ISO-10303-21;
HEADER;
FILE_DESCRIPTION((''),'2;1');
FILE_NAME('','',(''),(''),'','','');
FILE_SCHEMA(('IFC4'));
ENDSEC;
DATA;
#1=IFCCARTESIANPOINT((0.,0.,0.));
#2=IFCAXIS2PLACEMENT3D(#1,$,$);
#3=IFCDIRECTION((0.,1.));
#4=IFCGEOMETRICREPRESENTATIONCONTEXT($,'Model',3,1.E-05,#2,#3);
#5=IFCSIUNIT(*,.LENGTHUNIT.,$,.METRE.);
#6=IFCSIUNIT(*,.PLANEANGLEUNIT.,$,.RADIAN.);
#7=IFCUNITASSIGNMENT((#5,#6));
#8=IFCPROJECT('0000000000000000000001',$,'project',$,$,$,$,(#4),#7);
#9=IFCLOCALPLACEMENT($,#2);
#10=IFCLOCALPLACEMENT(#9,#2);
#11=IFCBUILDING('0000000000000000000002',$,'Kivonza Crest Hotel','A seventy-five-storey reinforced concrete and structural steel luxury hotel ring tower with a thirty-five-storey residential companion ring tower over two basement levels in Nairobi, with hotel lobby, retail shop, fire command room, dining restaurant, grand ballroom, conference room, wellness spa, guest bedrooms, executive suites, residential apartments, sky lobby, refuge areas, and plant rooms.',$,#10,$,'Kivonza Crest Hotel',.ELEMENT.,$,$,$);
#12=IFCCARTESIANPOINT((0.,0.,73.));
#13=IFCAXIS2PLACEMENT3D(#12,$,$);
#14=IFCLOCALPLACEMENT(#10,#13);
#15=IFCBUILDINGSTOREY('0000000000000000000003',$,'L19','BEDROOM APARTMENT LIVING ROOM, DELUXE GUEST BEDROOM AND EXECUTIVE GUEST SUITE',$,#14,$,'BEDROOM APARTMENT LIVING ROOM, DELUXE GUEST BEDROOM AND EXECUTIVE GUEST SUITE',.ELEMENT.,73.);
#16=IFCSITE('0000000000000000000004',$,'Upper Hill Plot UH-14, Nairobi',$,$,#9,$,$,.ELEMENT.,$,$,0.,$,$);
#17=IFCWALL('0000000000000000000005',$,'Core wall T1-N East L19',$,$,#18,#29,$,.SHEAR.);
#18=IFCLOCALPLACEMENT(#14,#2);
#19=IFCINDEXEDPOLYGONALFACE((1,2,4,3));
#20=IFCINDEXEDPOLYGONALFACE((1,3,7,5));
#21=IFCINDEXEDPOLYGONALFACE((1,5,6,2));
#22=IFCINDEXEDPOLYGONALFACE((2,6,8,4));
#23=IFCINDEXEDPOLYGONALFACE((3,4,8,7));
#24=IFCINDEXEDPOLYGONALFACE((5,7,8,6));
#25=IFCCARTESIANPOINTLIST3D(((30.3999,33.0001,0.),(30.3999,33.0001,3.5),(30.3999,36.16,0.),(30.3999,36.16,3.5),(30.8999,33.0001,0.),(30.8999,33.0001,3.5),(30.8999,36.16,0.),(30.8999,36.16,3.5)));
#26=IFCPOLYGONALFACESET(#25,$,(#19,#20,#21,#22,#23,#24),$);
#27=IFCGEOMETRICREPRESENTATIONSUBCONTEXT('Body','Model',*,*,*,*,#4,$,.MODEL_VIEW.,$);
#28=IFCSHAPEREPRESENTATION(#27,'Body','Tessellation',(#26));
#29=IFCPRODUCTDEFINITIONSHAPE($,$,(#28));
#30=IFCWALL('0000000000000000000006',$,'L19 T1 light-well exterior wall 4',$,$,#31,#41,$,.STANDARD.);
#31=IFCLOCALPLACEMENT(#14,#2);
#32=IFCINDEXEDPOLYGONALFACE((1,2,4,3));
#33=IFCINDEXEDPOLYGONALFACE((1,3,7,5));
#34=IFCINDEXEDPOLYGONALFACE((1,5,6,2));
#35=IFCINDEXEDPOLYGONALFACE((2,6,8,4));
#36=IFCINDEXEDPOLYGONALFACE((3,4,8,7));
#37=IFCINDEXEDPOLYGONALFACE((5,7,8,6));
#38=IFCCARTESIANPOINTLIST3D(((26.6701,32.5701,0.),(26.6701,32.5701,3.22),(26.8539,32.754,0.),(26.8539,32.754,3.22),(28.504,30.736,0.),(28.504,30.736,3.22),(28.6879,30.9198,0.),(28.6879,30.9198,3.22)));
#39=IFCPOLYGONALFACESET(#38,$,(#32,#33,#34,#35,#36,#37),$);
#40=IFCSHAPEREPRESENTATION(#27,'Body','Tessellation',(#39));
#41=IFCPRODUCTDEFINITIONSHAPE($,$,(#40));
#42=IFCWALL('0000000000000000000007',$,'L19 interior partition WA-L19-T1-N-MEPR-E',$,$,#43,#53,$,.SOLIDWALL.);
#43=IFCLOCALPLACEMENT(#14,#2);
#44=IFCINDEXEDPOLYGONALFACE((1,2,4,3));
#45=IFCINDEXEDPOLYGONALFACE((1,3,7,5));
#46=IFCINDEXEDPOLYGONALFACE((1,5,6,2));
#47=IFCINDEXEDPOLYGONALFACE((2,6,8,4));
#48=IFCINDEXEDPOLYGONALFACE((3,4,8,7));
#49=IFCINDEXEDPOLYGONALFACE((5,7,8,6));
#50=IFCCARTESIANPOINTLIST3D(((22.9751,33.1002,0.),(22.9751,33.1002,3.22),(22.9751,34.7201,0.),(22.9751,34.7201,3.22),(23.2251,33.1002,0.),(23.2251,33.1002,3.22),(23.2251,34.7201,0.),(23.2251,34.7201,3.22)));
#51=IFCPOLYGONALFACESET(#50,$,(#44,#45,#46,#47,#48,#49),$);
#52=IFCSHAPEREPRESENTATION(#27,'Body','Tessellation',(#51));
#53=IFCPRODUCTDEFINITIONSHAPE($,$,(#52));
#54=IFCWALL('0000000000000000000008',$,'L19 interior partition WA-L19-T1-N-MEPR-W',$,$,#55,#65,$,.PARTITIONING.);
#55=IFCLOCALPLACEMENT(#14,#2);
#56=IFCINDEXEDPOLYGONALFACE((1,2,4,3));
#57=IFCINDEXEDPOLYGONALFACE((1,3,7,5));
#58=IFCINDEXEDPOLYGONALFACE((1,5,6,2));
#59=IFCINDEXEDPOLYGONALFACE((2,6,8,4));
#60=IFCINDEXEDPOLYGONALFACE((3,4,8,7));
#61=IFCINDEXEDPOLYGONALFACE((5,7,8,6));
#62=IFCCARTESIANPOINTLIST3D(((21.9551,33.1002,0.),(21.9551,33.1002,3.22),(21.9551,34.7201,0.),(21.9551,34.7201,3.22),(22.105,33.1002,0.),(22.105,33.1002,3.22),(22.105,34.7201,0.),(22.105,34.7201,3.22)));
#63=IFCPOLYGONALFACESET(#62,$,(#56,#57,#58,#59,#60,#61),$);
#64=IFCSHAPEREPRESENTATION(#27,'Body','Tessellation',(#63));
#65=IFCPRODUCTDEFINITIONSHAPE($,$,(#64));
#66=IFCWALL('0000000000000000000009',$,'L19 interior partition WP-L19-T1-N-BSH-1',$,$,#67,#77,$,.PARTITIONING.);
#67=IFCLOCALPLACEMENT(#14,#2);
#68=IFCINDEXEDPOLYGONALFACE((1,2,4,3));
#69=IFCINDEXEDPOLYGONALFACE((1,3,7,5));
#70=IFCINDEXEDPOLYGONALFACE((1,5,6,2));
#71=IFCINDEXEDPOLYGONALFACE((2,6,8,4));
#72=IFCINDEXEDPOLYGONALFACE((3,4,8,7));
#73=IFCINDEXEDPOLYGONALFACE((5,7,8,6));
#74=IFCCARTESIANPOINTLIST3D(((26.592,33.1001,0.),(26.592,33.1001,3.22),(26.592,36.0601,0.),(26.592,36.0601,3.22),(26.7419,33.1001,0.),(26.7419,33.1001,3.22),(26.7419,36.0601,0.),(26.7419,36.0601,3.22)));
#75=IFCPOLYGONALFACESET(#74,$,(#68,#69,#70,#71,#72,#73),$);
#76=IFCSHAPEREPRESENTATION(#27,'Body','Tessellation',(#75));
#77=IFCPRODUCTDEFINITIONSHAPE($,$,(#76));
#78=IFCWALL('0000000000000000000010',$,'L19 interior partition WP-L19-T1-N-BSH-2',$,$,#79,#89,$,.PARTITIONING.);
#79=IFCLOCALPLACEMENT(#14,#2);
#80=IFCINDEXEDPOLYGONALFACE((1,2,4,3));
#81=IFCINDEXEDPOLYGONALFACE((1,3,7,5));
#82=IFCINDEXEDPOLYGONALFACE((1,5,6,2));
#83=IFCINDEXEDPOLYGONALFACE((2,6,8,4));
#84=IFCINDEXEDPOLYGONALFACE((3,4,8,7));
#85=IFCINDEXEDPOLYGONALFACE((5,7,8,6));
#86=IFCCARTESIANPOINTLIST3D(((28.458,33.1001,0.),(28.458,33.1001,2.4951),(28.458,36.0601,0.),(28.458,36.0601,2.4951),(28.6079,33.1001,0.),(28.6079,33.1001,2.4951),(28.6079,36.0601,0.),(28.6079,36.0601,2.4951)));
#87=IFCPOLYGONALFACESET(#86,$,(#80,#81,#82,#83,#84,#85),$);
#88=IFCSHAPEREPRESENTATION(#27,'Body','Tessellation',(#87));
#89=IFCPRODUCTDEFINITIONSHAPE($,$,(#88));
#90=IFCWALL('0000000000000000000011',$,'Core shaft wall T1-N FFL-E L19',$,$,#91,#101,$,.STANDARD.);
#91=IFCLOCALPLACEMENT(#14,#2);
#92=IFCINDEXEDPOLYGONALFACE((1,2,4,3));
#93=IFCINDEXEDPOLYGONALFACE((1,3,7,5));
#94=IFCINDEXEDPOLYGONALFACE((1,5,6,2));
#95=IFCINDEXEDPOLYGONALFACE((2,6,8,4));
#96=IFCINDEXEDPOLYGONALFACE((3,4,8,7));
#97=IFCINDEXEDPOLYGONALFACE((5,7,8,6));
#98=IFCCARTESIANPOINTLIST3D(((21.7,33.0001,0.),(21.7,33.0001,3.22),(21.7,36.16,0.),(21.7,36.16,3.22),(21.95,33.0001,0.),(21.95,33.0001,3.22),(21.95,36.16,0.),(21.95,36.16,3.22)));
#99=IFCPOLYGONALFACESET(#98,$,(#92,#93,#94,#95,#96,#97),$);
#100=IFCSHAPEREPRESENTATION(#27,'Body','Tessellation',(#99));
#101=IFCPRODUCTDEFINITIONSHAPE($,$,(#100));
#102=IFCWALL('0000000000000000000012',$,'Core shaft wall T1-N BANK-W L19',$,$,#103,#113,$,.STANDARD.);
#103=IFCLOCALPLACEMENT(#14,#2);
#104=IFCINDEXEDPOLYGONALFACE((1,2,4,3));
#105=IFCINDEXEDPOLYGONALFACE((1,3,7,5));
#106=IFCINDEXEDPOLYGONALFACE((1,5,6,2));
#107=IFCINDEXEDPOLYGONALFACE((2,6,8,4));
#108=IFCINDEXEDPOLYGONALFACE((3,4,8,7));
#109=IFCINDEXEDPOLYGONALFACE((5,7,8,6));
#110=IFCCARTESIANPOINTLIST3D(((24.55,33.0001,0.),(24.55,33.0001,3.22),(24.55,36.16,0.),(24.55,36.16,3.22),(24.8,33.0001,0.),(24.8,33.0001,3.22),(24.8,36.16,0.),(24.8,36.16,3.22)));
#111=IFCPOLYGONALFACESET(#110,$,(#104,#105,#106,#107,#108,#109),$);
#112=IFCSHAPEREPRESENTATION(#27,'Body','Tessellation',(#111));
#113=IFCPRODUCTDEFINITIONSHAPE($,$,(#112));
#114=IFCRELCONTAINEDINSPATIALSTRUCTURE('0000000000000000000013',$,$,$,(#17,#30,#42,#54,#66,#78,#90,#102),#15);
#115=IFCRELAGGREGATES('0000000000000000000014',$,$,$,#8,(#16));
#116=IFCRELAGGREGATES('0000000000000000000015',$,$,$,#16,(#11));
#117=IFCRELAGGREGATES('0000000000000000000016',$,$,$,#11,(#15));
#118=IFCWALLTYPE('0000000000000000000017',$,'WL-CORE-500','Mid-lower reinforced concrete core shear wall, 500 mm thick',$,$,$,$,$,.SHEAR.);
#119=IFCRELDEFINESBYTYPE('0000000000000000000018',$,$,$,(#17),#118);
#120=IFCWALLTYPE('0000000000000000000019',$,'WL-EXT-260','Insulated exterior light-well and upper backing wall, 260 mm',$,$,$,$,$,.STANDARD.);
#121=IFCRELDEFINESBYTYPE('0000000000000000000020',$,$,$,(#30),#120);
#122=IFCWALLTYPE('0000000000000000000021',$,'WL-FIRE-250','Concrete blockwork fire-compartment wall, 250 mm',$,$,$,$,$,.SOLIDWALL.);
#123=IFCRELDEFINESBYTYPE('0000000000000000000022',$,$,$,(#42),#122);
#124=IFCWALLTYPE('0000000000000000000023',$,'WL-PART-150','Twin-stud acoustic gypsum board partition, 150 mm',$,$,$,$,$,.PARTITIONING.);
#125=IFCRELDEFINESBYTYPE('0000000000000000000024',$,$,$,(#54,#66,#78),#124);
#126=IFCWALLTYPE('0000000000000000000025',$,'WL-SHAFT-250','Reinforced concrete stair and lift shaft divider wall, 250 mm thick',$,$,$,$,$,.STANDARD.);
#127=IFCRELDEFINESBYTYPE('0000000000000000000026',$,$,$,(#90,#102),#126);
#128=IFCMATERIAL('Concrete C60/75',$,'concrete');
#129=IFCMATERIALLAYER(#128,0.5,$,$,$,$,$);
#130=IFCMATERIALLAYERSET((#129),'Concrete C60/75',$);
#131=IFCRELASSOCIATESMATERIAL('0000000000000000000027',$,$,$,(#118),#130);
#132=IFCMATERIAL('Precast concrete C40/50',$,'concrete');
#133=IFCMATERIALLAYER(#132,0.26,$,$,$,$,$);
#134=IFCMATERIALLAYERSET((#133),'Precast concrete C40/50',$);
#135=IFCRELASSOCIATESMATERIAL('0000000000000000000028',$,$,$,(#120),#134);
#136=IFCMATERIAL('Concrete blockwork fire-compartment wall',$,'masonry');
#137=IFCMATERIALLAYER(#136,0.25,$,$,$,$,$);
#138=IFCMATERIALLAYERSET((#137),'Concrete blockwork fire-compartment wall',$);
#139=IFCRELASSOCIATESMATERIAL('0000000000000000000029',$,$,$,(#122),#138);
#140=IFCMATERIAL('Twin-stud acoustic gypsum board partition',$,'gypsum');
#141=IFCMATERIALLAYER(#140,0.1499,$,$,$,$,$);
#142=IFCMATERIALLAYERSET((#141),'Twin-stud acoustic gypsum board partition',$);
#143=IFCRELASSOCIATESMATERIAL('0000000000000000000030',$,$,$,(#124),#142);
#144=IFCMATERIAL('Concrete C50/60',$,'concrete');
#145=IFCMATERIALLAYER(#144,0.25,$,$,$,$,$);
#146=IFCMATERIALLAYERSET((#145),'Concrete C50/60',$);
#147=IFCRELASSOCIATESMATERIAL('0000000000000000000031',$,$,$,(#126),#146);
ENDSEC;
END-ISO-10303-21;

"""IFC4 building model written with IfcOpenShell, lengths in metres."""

from ifc_helpers import new_model, si_unit, direction, frame, frame_2d, origin, place, context, subcontext, project, spatial, rectangle, extrude, material, layer, layer_set, type_object, element, save


model = new_model("IFC4")

# Units and contexts
model_context = context("Model", 3, precision=1e-05, world=origin(), true_north=direction((0.0, 1.0)))
body_context = subcontext(model_context, "Body", "Model", "MODEL_VIEW")
ifc_project = project(units=[si_unit("LENGTHUNIT", "METRE"), si_unit("PLANEANGLEUNIT", "RADIAN")], contexts=[model_context])

# Site, building, storey
site_placement = place(None, origin())
site = spatial("IfcSite", under=ifc_project, at=site_placement, Name="Upper Hill Plot UH-14, Nairobi", CompositionType="ELEMENT", RefElevation=0.0)
building_placement = place(site_placement, origin())
building = spatial("IfcBuilding", under=site, at=building_placement, Name="Kivonza Crest Hotel", Description="A seventy-five-storey reinforced concrete and structural steel luxury hotel ring tower with a thirty-five-storey residential companion ring tower over two basement levels in Nairobi, with hotel lobby, retail shop, fire command room, dining restaurant, grand ballroom, conference room, wellness spa, guest bedrooms, executive suites, residential apartments, sky lobby, refuge areas, and plant rooms.", LongName="Kivonza Crest Hotel", CompositionType="ELEMENT")
storey_placement = place(building_placement, frame((0.0, 0.0, 73.0)))
storey = spatial("IfcBuildingStorey", under=building, at=storey_placement, Name="L19", Description="BEDROOM APARTMENT LIVING ROOM, DELUXE GUEST BEDROOM AND EXECUTIVE GUEST SUITE", LongName="BEDROOM APARTMENT LIVING ROOM, DELUXE GUEST BEDROOM AND EXECUTIVE GUEST SUITE", CompositionType="ELEMENT", Elevation=73.0)

# Shared definitions
ifc_material_1 = material(Name="Concrete C60/75", Category="concrete")

# Walls
ifc_layer_1 = layer(ifc_material_1, 0.5)
ifc_layer_set_1 = layer_set([ifc_layer_1], Name="Concrete C60/75")
wall_type_1 = type_object("IfcWallType", Name="WL-CORE-500", Description="Mid-lower reinforced concrete core shear wall, 500 mm thick", PredefinedType="SHEAR", material=ifc_layer_set_1)
wall_1_placement = place(storey_placement, frame((30.6499, 33.0, 0.0), z_axis=(0.0, 0.0, 1.0), x_axis=(0.0, 1.0, 0.0)))
element("IfcWall", 1, at=wall_1_placement, inside=storey, type_object=wall_type_1, Name="Core wall T1-N East L19", PredefinedType="SHEAR", context=body_context, shape_type="SweptSolid", body=[
    extrude(rectangle(XDim=3.1599, YDim=0.5, at=frame_2d((1.5801, 0.0))), origin(), (0.0, 0.0, 1.0), 3.5),
])
ifc_material_2 = material(Name="Precast concrete C40/50", Category="concrete")
ifc_layer_2 = layer(ifc_material_2, 0.26)
ifc_layer_set_2 = layer_set([ifc_layer_2], Name="Precast concrete C40/50")
wall_type_2 = type_object("IfcWallType", Name="WL-EXT-260", Description="Insulated exterior light-well and upper backing wall, 260 mm", PredefinedType="STANDARD", material=ifc_layer_set_2)
wall_2_placement = place(storey_placement, frame((28.5959, 30.8279, 0.0), z_axis=(0.0, 0.0, 1.0), x_axis=(-0.70706, 0.707154, 0.0)))
element("IfcWall", 2, at=wall_2_placement, inside=storey, type_object=wall_type_2, Name="L19 T1 light-well exterior wall 4", PredefinedType="STANDARD", context=body_context, shape_type="SweptSolid", body=[
    extrude(rectangle(XDim=2.5938, YDim=0.26, at=frame_2d((1.2969, 0.0))), origin(), (0.0, 0.0, 1.0), 3.22),
])
ifc_material_3 = material(Name="Concrete blockwork fire-compartment wall", Category="masonry")
ifc_layer_3 = layer(ifc_material_3, 0.25)
ifc_layer_set_3 = layer_set([ifc_layer_3], Name="Concrete blockwork fire-compartment wall")
wall_type_3 = type_object("IfcWallType", Name="WL-FIRE-250", Description="Concrete blockwork fire-compartment wall, 250 mm", PredefinedType="SOLIDWALL", material=ifc_layer_set_3)
wall_3_placement = place(storey_placement, frame((23.1001, 33.1001, 0.0), z_axis=(0.0, 0.0, 1.0), x_axis=(0.0, 1.0, 0.0)))
element("IfcWall", 3, at=wall_3_placement, inside=storey, type_object=wall_type_3, Name="L19 interior partition WA-L19-T1-N-MEPR-E", PredefinedType="SOLIDWALL", context=body_context, shape_type="SweptSolid", body=[
    extrude(rectangle(XDim=1.6199, YDim=0.25, at=frame_2d((0.8101, 0.0))), origin(), (0.0, 0.0, 1.0), 3.22),
])
ifc_material_4 = material(Name="Twin-stud acoustic gypsum board partition", Category="gypsum")
ifc_layer_4 = layer(ifc_material_4, 0.1499)
ifc_layer_set_4 = layer_set([ifc_layer_4], Name="Twin-stud acoustic gypsum board partition")
wall_type_4 = type_object("IfcWallType", Name="WL-PART-150", Description="Twin-stud acoustic gypsum board partition, 150 mm", PredefinedType="PARTITIONING", material=ifc_layer_set_4)
wall_4_placement = place(storey_placement, frame((22.03, 33.1001, 0.0), z_axis=(0.0, 0.0, 1.0), x_axis=(0.0, 1.0, 0.0)))
element("IfcWall", 4, at=wall_4_placement, inside=storey, type_object=wall_type_4, Name="L19 interior partition WA-L19-T1-N-MEPR-W", PredefinedType="PARTITIONING", context=body_context, shape_type="SweptSolid", body=[
    extrude(rectangle(XDim=1.6199, YDim=0.1499, at=frame_2d((0.8101, 0.0))), origin(), (0.0, 0.0, 1.0), 3.22),
])
wall_5_placement = place(storey_placement, frame((26.667, 33.1001, 0.0), z_axis=(0.0, 0.0, 1.0), x_axis=(0.0, 1.0, 0.0)))
element("IfcWall", 5, at=wall_5_placement, inside=storey, type_object=wall_type_4, Name="L19 interior partition WP-L19-T1-N-BSH-1", PredefinedType="PARTITIONING", context=body_context, shape_type="SweptSolid", body=[
    extrude(rectangle(XDim=2.96, YDim=0.1499, at=frame_2d((1.48, 0.0))), origin(), (0.0, 0.0, 1.0), 3.22),
])
wall_6_placement = place(storey_placement, frame((28.533, 33.1001, 0.0), z_axis=(0.0, 0.0, 1.0), x_axis=(0.0, 1.0, 0.0)))
element("IfcWall", 6, at=wall_6_placement, inside=storey, type_object=wall_type_4, Name="L19 interior partition WP-L19-T1-N-BSH-2", PredefinedType="PARTITIONING", context=body_context, shape_type="SweptSolid", body=[
    extrude(rectangle(XDim=2.96, YDim=0.1499, at=frame_2d((1.48, 0.0))), origin(), (0.0, 0.0, 1.0), 2.4951),
])

# Shared definitions
ifc_material_5 = material(Name="Concrete C50/60", Category="concrete")
ifc_layer_5 = layer(ifc_material_5, 0.25)
ifc_layer_set_5 = layer_set([ifc_layer_5], Name="Concrete C50/60")
wall_type_5 = type_object("IfcWallType", Name="WL-SHAFT-250", Description="Reinforced concrete stair and lift shaft divider wall, 250 mm thick", PredefinedType="STANDARD", material=ifc_layer_set_5)

# Walls
for number, where, z_axis, x_axis, name in (
    (7, (21.825, 33.0, 0.0), (0.0, 0.0, 1.0), (0.0, 1.0, 0.0), "Core shaft wall T1-N FFL-E L19"),
    (8, (24.675, 33.0, 0.0), (0.0, 0.0, 1.0), (0.0, 1.0, 0.0), "Core shaft wall T1-N BANK-W L19"),
):
    element("IfcWall", number, at=place(storey_placement, frame(where, z_axis=z_axis, x_axis=x_axis)), inside=storey, type_object=wall_type_5, Name=name, PredefinedType="STANDARD", context=body_context, shape_type="SweptSolid", body=[
        extrude(rectangle(XDim=3.1599, YDim=0.25, at=frame_2d((1.5801, 0.0))), origin(), (0.0, 0.0, 1.0), 3.22),
    ])

save(model, "model.ifc")
